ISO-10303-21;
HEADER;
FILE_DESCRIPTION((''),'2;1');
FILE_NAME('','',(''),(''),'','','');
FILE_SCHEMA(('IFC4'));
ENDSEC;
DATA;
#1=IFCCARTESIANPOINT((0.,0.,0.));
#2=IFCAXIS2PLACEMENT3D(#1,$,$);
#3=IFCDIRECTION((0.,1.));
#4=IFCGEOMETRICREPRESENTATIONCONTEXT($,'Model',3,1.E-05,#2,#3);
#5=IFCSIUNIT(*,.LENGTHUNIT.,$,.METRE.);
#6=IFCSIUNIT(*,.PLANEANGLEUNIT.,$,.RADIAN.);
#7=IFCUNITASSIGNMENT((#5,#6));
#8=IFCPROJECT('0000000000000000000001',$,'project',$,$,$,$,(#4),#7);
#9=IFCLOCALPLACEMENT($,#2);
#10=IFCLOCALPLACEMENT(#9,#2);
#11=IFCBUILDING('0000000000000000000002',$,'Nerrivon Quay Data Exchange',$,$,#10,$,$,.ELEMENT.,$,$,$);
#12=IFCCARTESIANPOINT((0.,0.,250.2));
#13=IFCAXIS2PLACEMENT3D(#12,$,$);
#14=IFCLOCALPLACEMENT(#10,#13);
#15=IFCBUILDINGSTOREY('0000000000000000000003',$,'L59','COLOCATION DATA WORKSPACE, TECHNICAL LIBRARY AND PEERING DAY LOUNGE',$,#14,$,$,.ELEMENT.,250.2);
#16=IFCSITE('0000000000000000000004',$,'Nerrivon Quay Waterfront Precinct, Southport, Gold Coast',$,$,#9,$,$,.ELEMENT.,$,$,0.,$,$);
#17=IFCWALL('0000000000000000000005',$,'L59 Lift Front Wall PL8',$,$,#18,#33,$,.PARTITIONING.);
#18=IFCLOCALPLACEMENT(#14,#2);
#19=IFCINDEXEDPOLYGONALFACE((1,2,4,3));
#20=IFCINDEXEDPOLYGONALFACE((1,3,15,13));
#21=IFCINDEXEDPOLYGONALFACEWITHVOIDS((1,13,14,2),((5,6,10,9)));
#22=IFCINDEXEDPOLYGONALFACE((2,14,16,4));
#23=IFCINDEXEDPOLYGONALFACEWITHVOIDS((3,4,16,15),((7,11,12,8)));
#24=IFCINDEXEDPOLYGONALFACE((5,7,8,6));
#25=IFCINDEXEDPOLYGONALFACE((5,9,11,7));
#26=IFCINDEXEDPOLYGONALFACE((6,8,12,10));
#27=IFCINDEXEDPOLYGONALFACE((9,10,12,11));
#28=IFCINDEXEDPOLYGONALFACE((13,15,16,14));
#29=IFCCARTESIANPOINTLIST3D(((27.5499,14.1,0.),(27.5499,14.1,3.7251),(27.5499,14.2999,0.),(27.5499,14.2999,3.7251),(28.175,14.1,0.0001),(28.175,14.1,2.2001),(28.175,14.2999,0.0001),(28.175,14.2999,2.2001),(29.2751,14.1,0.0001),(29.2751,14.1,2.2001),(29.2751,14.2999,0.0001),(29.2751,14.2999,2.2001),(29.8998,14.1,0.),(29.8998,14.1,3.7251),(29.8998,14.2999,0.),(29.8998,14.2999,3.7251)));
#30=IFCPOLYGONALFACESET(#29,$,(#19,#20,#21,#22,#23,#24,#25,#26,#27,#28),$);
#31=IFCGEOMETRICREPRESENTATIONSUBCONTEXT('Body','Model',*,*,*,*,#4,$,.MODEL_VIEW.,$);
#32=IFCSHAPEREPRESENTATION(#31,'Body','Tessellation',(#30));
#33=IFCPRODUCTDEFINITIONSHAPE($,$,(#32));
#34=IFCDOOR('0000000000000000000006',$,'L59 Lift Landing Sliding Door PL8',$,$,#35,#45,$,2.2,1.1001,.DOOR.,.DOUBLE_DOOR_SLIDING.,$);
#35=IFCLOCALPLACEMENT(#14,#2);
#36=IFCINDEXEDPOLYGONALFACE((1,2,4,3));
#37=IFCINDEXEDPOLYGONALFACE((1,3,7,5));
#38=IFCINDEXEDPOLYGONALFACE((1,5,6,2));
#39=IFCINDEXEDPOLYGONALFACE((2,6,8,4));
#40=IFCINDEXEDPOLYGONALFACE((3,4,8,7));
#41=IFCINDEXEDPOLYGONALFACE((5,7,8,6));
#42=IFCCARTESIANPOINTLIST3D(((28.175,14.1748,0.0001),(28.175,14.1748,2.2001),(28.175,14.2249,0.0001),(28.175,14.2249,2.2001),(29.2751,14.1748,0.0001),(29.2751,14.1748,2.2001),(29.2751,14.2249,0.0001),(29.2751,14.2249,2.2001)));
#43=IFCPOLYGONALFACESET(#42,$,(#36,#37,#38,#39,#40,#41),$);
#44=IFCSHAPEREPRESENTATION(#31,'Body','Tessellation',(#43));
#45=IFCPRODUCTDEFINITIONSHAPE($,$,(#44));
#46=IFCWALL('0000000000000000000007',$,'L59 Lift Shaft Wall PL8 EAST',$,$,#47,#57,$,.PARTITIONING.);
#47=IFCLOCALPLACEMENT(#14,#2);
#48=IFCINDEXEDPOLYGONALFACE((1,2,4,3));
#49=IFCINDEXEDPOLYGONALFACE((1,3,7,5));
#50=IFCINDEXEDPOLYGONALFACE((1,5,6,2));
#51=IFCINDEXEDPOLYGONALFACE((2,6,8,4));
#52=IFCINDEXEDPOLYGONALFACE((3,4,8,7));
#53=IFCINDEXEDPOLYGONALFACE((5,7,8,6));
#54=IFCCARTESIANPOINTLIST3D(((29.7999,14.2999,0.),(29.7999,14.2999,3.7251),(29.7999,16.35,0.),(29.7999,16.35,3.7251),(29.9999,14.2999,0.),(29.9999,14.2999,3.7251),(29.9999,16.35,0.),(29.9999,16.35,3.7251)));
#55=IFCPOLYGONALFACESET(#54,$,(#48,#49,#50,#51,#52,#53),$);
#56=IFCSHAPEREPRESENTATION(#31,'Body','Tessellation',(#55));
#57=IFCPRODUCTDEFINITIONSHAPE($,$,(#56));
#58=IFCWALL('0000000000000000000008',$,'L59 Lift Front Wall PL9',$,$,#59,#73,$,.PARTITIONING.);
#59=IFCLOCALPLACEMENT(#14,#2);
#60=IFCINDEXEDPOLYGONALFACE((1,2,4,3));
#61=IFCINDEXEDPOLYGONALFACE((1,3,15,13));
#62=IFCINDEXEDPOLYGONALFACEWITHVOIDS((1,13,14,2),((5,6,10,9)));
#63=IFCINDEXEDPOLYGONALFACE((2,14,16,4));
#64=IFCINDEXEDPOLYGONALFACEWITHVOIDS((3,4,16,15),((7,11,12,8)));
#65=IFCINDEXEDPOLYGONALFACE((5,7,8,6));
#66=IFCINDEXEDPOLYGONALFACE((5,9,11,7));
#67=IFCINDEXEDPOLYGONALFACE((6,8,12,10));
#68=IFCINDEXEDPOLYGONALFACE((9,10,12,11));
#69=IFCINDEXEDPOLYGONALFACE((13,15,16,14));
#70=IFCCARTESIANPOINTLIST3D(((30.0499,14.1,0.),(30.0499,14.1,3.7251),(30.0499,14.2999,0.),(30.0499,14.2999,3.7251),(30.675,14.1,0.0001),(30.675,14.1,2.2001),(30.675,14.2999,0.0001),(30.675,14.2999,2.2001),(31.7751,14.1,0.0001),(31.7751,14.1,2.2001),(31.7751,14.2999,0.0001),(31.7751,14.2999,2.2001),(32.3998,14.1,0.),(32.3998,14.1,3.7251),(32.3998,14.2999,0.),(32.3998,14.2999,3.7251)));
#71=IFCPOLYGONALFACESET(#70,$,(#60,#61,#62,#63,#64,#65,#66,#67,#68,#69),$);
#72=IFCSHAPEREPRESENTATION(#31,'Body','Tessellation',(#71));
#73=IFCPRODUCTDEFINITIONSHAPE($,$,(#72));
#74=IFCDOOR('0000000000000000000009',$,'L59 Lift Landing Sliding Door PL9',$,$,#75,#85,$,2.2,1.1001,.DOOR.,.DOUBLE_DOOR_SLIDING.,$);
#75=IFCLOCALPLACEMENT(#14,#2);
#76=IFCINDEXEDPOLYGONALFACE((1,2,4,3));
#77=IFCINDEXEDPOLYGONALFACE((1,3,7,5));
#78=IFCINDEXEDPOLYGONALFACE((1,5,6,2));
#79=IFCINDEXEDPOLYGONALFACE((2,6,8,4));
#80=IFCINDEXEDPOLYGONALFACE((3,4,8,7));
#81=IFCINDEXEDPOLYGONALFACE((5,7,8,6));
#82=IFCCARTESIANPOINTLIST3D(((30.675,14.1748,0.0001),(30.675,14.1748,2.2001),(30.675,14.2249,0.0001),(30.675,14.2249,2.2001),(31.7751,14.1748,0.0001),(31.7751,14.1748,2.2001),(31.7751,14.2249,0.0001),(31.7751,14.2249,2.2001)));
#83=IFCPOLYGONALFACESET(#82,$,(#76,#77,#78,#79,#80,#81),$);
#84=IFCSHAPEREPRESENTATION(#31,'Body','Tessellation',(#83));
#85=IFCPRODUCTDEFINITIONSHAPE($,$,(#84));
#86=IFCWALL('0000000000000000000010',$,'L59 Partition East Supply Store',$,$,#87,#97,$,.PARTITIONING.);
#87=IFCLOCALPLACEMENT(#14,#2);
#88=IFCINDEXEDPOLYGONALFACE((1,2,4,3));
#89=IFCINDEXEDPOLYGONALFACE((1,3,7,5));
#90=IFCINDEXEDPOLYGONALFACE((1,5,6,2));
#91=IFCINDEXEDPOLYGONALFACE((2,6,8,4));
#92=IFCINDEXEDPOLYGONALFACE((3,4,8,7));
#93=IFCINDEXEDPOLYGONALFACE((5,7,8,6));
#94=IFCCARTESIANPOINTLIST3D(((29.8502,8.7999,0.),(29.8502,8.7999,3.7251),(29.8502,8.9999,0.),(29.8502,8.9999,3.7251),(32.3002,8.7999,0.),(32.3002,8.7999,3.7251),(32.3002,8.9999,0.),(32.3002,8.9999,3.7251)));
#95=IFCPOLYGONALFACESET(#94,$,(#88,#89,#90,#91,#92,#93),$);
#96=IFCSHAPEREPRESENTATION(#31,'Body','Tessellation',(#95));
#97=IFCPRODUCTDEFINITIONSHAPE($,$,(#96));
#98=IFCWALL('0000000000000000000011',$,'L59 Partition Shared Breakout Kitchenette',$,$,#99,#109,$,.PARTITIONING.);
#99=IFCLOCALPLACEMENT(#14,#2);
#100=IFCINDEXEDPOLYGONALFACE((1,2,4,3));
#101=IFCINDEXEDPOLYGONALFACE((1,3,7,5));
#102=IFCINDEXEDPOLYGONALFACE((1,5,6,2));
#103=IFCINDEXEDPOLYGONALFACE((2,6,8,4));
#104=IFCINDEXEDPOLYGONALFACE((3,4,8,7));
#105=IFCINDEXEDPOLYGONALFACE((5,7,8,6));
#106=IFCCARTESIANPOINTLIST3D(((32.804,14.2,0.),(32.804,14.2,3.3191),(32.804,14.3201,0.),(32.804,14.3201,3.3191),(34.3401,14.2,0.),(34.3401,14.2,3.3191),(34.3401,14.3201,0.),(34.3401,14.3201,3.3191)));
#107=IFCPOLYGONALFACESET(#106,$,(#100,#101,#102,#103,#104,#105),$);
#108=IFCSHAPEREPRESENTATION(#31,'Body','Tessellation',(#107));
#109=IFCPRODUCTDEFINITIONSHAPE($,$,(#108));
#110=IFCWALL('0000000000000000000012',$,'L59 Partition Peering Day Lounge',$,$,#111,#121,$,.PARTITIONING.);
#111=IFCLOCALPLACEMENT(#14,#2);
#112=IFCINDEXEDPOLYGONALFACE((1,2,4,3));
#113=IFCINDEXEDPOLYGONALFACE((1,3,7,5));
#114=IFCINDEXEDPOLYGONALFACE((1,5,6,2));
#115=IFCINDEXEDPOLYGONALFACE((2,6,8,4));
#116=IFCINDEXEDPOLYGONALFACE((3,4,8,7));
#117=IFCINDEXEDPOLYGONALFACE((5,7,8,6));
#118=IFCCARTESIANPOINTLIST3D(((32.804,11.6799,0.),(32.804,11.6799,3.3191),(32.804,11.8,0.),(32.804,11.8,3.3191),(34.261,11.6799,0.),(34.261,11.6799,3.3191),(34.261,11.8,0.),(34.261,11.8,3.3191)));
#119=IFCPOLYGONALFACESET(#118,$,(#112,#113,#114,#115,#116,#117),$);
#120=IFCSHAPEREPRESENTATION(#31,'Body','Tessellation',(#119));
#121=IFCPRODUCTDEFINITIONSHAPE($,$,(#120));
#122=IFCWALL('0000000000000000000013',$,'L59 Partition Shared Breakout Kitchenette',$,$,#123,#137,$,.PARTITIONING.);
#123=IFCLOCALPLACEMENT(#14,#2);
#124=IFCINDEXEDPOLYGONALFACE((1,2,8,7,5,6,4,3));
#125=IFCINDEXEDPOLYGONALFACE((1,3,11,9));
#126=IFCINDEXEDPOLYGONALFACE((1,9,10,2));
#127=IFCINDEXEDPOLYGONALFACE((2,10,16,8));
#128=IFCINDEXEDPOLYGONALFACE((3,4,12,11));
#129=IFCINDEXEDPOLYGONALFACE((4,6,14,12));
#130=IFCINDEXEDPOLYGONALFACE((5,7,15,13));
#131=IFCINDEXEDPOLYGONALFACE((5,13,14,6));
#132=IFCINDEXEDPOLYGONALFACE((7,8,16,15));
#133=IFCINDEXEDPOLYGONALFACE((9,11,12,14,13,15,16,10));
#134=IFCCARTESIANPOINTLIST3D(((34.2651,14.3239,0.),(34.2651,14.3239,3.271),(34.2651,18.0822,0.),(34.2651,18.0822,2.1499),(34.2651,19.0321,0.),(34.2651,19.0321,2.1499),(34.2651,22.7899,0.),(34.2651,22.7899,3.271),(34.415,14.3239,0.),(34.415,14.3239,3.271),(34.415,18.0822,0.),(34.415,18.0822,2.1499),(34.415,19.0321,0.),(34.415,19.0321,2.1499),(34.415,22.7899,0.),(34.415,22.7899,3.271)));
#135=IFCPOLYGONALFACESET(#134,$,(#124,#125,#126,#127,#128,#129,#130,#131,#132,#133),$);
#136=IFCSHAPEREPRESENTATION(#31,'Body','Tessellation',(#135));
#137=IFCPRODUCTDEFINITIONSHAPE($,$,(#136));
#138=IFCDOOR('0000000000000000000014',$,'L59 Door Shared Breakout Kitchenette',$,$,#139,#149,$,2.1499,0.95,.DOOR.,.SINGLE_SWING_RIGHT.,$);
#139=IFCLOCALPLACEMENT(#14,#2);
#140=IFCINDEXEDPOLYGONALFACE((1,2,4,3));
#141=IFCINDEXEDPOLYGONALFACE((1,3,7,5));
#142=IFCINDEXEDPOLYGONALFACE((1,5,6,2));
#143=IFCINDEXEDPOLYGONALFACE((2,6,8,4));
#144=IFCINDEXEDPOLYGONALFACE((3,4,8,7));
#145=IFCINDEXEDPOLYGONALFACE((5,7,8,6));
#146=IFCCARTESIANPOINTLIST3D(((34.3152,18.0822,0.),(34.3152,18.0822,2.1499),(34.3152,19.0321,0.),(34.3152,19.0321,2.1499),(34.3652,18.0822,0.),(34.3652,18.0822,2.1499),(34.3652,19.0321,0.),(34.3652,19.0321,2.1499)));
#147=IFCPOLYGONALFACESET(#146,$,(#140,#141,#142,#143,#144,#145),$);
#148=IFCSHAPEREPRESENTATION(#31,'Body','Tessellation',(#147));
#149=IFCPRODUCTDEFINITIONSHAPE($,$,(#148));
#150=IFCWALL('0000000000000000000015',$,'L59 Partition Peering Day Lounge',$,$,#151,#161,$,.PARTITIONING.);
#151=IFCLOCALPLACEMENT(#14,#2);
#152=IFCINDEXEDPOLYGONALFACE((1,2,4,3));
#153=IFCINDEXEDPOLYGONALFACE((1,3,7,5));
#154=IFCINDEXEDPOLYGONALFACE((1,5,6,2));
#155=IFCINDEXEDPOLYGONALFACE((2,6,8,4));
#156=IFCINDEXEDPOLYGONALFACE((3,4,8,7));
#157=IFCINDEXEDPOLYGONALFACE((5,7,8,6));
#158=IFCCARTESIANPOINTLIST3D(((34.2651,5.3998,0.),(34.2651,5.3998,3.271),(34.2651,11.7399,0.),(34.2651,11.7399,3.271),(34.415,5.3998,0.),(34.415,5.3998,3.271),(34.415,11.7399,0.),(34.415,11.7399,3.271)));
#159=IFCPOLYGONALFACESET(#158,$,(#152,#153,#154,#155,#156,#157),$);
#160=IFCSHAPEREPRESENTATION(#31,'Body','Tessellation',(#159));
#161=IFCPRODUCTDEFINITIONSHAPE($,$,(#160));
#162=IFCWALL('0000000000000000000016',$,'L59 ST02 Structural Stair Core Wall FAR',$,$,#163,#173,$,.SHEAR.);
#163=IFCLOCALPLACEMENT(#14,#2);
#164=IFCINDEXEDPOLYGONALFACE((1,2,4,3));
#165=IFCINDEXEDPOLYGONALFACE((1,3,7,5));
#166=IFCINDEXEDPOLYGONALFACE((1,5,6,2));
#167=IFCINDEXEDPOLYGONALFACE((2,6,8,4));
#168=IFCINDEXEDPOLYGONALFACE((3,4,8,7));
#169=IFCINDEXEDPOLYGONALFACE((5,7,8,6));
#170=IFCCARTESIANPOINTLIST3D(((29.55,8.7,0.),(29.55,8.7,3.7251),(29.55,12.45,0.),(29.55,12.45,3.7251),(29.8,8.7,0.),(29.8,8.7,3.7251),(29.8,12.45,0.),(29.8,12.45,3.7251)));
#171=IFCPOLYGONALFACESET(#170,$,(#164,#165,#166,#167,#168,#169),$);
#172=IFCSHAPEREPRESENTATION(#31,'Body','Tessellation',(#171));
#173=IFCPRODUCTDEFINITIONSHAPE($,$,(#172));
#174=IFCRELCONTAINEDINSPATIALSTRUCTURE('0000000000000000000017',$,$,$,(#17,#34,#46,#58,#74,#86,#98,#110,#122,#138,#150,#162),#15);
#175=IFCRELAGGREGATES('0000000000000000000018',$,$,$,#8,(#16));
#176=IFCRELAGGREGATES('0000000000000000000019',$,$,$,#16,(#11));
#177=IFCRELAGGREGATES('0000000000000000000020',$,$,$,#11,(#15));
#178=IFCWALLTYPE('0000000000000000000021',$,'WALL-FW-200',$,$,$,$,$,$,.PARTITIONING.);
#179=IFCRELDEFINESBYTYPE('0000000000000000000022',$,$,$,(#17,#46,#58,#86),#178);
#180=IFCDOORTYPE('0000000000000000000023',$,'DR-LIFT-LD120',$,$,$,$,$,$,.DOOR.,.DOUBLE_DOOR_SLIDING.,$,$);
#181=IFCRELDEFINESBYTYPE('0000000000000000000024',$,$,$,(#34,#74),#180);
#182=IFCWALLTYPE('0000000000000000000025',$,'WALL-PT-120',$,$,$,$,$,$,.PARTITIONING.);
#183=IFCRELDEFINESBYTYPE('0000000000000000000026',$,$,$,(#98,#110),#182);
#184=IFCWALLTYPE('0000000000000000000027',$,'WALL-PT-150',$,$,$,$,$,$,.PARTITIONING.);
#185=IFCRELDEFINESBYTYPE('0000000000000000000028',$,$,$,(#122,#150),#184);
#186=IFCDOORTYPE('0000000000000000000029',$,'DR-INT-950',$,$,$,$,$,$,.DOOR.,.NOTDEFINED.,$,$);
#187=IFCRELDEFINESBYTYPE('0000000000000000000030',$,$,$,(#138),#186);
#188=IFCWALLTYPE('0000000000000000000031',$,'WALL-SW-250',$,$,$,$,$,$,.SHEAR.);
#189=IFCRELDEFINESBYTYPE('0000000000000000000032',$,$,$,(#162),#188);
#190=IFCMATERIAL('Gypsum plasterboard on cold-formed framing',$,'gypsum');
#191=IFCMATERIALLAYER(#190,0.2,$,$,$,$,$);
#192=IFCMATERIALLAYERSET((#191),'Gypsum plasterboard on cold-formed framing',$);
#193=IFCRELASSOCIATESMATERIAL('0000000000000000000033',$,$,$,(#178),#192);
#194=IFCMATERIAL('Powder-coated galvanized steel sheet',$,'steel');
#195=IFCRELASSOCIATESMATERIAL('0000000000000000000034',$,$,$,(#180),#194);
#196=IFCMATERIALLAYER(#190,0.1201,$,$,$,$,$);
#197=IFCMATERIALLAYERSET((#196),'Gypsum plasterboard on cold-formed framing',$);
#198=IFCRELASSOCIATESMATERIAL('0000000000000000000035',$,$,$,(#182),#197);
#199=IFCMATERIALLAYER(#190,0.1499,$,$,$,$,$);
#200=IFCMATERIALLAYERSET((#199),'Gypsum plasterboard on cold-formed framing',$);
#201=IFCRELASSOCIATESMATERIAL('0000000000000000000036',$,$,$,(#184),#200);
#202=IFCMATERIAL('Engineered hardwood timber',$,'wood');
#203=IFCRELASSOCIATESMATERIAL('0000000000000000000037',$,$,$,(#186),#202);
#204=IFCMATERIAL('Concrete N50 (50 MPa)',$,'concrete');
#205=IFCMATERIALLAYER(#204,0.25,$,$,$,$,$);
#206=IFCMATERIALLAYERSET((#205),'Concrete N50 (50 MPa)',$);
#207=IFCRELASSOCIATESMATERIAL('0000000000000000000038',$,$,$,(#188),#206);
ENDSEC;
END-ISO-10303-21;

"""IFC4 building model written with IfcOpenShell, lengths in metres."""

from ifc_helpers import new_model, si_unit, direction, frame, frame_2d, origin, place, context, subcontext, project, spatial, rectangle, extrude, material, layer, layer_set, type_object, element, fill, save


model = new_model("IFC4")

# Units and contexts
model_context = context("Model", 3, precision=1e-05, world=origin(), true_north=direction((0.0, 1.0)))
body_context = subcontext(model_context, "Body", "Model", "MODEL_VIEW")
ifc_project = project(units=[si_unit("LENGTHUNIT", "METRE"), si_unit("PLANEANGLEUNIT", "RADIAN")], contexts=[model_context])

# Site, building, storey
site_placement = place(None, origin())
site = spatial("IfcSite", under=ifc_project, at=site_placement, Name="Nerrivon Quay Waterfront Precinct, Southport, Gold Coast", CompositionType="ELEMENT", RefElevation=0.0)
building_placement = place(site_placement, origin())
building = spatial("IfcBuilding", under=site, at=building_placement, Name="Nerrivon Quay Data Exchange", CompositionType="ELEMENT")
storey_placement = place(building_placement, frame((0.0, 0.0, 250.2)))
storey = spatial("IfcBuildingStorey", under=building, at=storey_placement, Name="L59", Description="COLOCATION DATA WORKSPACE, TECHNICAL LIBRARY AND PEERING DAY LOUNGE", CompositionType="ELEMENT", Elevation=250.2)

# Shared definitions
ifc_material_1 = material(Name="Concrete N50 (50 MPa)", Category="concrete")

# Shared definitions
ifc_material_2 = material(Name="Powder-coated galvanized steel sheet", Category="steel")

# Shared definitions
ifc_material_3 = material(Name="Gypsum plasterboard on cold-formed framing", Category="gypsum")
ifc_layer_1 = layer(ifc_material_3, 0.2)
ifc_layer_set_1 = layer_set([ifc_layer_1], Name="Gypsum plasterboard on cold-formed framing")
wall_type_1 = type_object("IfcWallType", Name="WALL-FW-200", PredefinedType="PARTITIONING", material=ifc_layer_set_1)

# Wall, opening, door
wall_1_placement = place(storey_placement, frame((27.55, 14.2, 0.0), z_axis=(0.0, 0.0, 1.0), x_axis=(1.0, 0.0, 0.0)))
wall_1 = element("IfcWall", 1, at=wall_1_placement, inside=storey, type_object=wall_type_1, Name="L59 Lift Front Wall PL8", PredefinedType="PARTITIONING", context=body_context, shape_type="SweptSolid", body=[
    extrude(rectangle(XDim=2.3499, YDim=0.2, at=frame_2d((1.1748, 0.0))), origin(), (0.0, 0.0, 1.0), 3.7251),
])
opening_1_placement = place(wall_1_placement, frame((0.625, 0.0, 0.0)))
opening_1 = element("IfcOpeningElement", 2, at=opening_1_placement, cuts=wall_1, PredefinedType="OPENING", context=body_context, shape_type="SweptSolid", body=[
    extrude(rectangle(XDim=1.1001, YDim=2.2, at=frame_2d((0.55, 1.1001))), frame((0.0, 0.1099, 0.0), z_axis=(0.0, -1.0, 0.0), x_axis=(1.0, 0.0, 0.0)), (0.0, 0.0, 1.0), 0.22),
])
door_type_1 = type_object("IfcDoorType", Name="DR-LIFT-LD120", OperationType="DOUBLE_DOOR_SLIDING", PredefinedType="DOOR", material=ifc_material_2)
door_1_placement = place(opening_1_placement, origin())
door_1 = element("IfcDoor", 3, at=door_1_placement, inside=storey, type_object=door_type_1, Name="L59 Lift Landing Sliding Door PL8", OperationType="DOUBLE_DOOR_SLIDING", OverallHeight=2.2, OverallWidth=1.1001, PredefinedType="DOOR", context=body_context, shape_type="SweptSolid", body=[
    extrude(rectangle(XDim=1.1001, YDim=2.2, at=frame_2d((0.55, 1.1001))), frame((0.0, 0.0249, 0.0), z_axis=(0.0, -1.0, 0.0), x_axis=(1.0, 0.0, 0.0)), (0.0, 0.0, 1.0), 0.05),
])
fill(opening_1, door_1)

# Wall
wall_2_placement = place(storey_placement, frame((29.8999, 14.3, 0.0), z_axis=(0.0, 0.0, 1.0), x_axis=(0.0, 1.0, 0.0)))
element("IfcWall", 4, at=wall_2_placement, inside=storey, type_object=wall_type_1, Name="L59 Lift Shaft Wall PL8 EAST", PredefinedType="PARTITIONING", context=body_context, shape_type="SweptSolid", body=[
    extrude(rectangle(XDim=2.05, YDim=0.2, at=frame_2d((1.0249, 0.0))), origin(), (0.0, 0.0, 1.0), 3.7251),
])

# Wall, opening, door
wall_3_placement = place(storey_placement, frame((30.05, 14.2, 0.0), z_axis=(0.0, 0.0, 1.0), x_axis=(1.0, 0.0, 0.0)))
wall_3 = element("IfcWall", 5, at=wall_3_placement, inside=storey, type_object=wall_type_1, Name="L59 Lift Front Wall PL9", PredefinedType="PARTITIONING", context=body_context, shape_type="SweptSolid", body=[
    extrude(rectangle(XDim=2.3499, YDim=0.2, at=frame_2d((1.1748, 0.0))), origin(), (0.0, 0.0, 1.0), 3.7251),
])
opening_2_placement = place(wall_3_placement, frame((0.625, 0.0, 0.0)))
opening_2 = element("IfcOpeningElement", 6, at=opening_2_placement, cuts=wall_3, PredefinedType="OPENING", context=body_context, shape_type="SweptSolid", body=[
    extrude(rectangle(XDim=1.1001, YDim=2.2, at=frame_2d((0.55, 1.1001))), frame((0.0, 0.1099, 0.0), z_axis=(0.0, -1.0, 0.0), x_axis=(1.0, 0.0, 0.0)), (0.0, 0.0, 1.0), 0.22),
])
door_2_placement = place(opening_2_placement, origin())
door_2 = element("IfcDoor", 7, at=door_2_placement, inside=storey, type_object=door_type_1, Name="L59 Lift Landing Sliding Door PL9", OperationType="DOUBLE_DOOR_SLIDING", OverallHeight=2.2, OverallWidth=1.1001, PredefinedType="DOOR", context=body_context, shape_type="SweptSolid", body=[
    extrude(rectangle(XDim=1.1001, YDim=2.2, at=frame_2d((0.55, 1.1001))), frame((0.0, 0.0249, 0.0), z_axis=(0.0, -1.0, 0.0), x_axis=(1.0, 0.0, 0.0)), (0.0, 0.0, 1.0), 0.05),
])
fill(opening_2, door_2)
ifc_material_4 = material(Name="Engineered hardwood timber", Category="wood")

# Walls
wall_4_placement = place(storey_placement, frame((29.8501, 8.8999, 0.0), z_axis=(0.0, 0.0, 1.0), x_axis=(1.0, 0.0, 0.0)))
element("IfcWall", 8, at=wall_4_placement, inside=storey, type_object=wall_type_1, Name="L59 Partition East Supply Store", PredefinedType="PARTITIONING", context=body_context, shape_type="SweptSolid", body=[
    extrude(rectangle(XDim=2.45, YDim=0.2, at=frame_2d((1.2251, 0.0))), origin(), (0.0, 0.0, 1.0), 3.7251),
])
ifc_layer_2 = layer(ifc_material_3, 0.1201)
ifc_layer_set_2 = layer_set([ifc_layer_2], Name="Gypsum plasterboard on cold-formed framing")
wall_type_2 = type_object("IfcWallType", Name="WALL-PT-120", PredefinedType="PARTITIONING", material=ifc_layer_set_2)
wall_5_placement = place(storey_placement, frame((32.804, 14.26, 0.0), z_axis=(0.0, 0.0, 1.0), x_axis=(1.0, 0.0, 0.0)))
element("IfcWall", 9, at=wall_5_placement, inside=storey, type_object=wall_type_2, Name="L59 Partition Shared Breakout Kitchenette", PredefinedType="PARTITIONING", context=body_context, shape_type="SweptSolid", body=[
    extrude(rectangle(XDim=1.5361, YDim=0.1201, at=frame_2d((0.7681, 0.0))), origin(), (0.0, 0.0, 1.0), 3.3191),
])
wall_6_placement = place(storey_placement, frame((34.261, 11.74, 0.0), z_axis=(0.0, 0.0, 1.0), x_axis=(-1.0, 0.0, 0.0)))
element("IfcWall", 10, at=wall_6_placement, inside=storey, type_object=wall_type_2, Name="L59 Partition Peering Day Lounge", PredefinedType="PARTITIONING", context=body_context, shape_type="SweptSolid", body=[
    extrude(rectangle(XDim=1.457, YDim=0.1201, at=frame_2d((0.7285, 0.0))), origin(), (0.0, 0.0, 1.0), 3.3191),
])

# Wall, opening, door
ifc_layer_3 = layer(ifc_material_3, 0.1499)
ifc_layer_set_3 = layer_set([ifc_layer_3], Name="Gypsum plasterboard on cold-formed framing")
wall_type_3 = type_object("IfcWallType", Name="WALL-PT-150", PredefinedType="PARTITIONING", material=ifc_layer_set_3)
wall_7_placement = place(storey_placement, frame((34.3401, 14.324, 0.0), z_axis=(0.0, 0.0, 1.0), x_axis=(0.0, 1.0, 0.0)))
wall_7 = element("IfcWall", 11, at=wall_7_placement, inside=storey, type_object=wall_type_3, Name="L59 Partition Shared Breakout Kitchenette", PredefinedType="PARTITIONING", context=body_context, shape_type="SweptSolid", body=[
    extrude(rectangle(XDim=8.4661, YDim=0.1499, at=frame_2d((4.2329, 0.0))), origin(), (0.0, 0.0, 1.0), 3.271),
])
opening_3_placement = place(wall_7_placement, frame((3.7581, 0.0, 0.0)))
opening_3 = element("IfcOpeningElement", 12, at=opening_3_placement, cuts=wall_7, PredefinedType="OPENING", context=body_context, shape_type="SweptSolid", body=[
    extrude(rectangle(XDim=0.95, YDim=2.1499, at=frame_2d((0.4751, 1.075))), frame((0.0, 0.085, 0.0), z_axis=(0.0, -1.0, 0.0), x_axis=(1.0, 0.0, 0.0)), (0.0, 0.0, 1.0), 0.1699),
])
door_type_2 = type_object("IfcDoorType", Name="DR-INT-950", OperationType="NOTDEFINED", PredefinedType="DOOR", material=ifc_material_4)
door_3_placement = place(opening_3_placement, origin())
door_3 = element("IfcDoor", 13, at=door_3_placement, inside=storey, type_object=door_type_2, Name="L59 Door Shared Breakout Kitchenette", OperationType="SINGLE_SWING_RIGHT", OverallHeight=2.1499, OverallWidth=0.95, PredefinedType="DOOR", context=body_context, shape_type="SweptSolid", body=[
    extrude(rectangle(XDim=0.95, YDim=2.1499, at=frame_2d((0.4751, 1.075))), frame((0.0, 0.0249, 0.0), z_axis=(0.0, -1.0, 0.0), x_axis=(1.0, 0.0, 0.0)), (0.0, 0.0, 1.0), 0.05),
])
fill(opening_3, door_3)

# Walls
wall_8_placement = place(storey_placement, frame((34.3401, 5.3999, 0.0), z_axis=(0.0, 0.0, 1.0), x_axis=(0.0, 1.0, 0.0)))
element("IfcWall", 14, at=wall_8_placement, inside=storey, type_object=wall_type_3, Name="L59 Partition Peering Day Lounge", PredefinedType="PARTITIONING", context=body_context, shape_type="SweptSolid", body=[
    extrude(rectangle(XDim=6.3401, YDim=0.1499, at=frame_2d((3.1699, 0.0))), origin(), (0.0, 0.0, 1.0), 3.271),
])
ifc_layer_4 = layer(ifc_material_1, 0.25)
ifc_layer_set_4 = layer_set([ifc_layer_4], Name="Concrete N50 (50 MPa)")
wall_type_4 = type_object("IfcWallType", Name="WALL-SW-250", PredefinedType="SHEAR", material=ifc_layer_set_4)
wall_9_placement = place(storey_placement, frame((29.675, 8.7, 0.0), z_axis=(0.0, 0.0, 1.0), x_axis=(0.0, 1.0, 0.0)))
element("IfcWall", 15, at=wall_9_placement, inside=storey, type_object=wall_type_4, Name="L59 ST02 Structural Stair Core Wall FAR", PredefinedType="SHEAR", context=body_context, shape_type="SweptSolid", body=[
    extrude(rectangle(XDim=3.75, YDim=0.25, at=frame_2d((1.875, 0.0))), origin(), (0.0, 0.0, 1.0), 3.7251),
])

save(model, "model.ifc")
